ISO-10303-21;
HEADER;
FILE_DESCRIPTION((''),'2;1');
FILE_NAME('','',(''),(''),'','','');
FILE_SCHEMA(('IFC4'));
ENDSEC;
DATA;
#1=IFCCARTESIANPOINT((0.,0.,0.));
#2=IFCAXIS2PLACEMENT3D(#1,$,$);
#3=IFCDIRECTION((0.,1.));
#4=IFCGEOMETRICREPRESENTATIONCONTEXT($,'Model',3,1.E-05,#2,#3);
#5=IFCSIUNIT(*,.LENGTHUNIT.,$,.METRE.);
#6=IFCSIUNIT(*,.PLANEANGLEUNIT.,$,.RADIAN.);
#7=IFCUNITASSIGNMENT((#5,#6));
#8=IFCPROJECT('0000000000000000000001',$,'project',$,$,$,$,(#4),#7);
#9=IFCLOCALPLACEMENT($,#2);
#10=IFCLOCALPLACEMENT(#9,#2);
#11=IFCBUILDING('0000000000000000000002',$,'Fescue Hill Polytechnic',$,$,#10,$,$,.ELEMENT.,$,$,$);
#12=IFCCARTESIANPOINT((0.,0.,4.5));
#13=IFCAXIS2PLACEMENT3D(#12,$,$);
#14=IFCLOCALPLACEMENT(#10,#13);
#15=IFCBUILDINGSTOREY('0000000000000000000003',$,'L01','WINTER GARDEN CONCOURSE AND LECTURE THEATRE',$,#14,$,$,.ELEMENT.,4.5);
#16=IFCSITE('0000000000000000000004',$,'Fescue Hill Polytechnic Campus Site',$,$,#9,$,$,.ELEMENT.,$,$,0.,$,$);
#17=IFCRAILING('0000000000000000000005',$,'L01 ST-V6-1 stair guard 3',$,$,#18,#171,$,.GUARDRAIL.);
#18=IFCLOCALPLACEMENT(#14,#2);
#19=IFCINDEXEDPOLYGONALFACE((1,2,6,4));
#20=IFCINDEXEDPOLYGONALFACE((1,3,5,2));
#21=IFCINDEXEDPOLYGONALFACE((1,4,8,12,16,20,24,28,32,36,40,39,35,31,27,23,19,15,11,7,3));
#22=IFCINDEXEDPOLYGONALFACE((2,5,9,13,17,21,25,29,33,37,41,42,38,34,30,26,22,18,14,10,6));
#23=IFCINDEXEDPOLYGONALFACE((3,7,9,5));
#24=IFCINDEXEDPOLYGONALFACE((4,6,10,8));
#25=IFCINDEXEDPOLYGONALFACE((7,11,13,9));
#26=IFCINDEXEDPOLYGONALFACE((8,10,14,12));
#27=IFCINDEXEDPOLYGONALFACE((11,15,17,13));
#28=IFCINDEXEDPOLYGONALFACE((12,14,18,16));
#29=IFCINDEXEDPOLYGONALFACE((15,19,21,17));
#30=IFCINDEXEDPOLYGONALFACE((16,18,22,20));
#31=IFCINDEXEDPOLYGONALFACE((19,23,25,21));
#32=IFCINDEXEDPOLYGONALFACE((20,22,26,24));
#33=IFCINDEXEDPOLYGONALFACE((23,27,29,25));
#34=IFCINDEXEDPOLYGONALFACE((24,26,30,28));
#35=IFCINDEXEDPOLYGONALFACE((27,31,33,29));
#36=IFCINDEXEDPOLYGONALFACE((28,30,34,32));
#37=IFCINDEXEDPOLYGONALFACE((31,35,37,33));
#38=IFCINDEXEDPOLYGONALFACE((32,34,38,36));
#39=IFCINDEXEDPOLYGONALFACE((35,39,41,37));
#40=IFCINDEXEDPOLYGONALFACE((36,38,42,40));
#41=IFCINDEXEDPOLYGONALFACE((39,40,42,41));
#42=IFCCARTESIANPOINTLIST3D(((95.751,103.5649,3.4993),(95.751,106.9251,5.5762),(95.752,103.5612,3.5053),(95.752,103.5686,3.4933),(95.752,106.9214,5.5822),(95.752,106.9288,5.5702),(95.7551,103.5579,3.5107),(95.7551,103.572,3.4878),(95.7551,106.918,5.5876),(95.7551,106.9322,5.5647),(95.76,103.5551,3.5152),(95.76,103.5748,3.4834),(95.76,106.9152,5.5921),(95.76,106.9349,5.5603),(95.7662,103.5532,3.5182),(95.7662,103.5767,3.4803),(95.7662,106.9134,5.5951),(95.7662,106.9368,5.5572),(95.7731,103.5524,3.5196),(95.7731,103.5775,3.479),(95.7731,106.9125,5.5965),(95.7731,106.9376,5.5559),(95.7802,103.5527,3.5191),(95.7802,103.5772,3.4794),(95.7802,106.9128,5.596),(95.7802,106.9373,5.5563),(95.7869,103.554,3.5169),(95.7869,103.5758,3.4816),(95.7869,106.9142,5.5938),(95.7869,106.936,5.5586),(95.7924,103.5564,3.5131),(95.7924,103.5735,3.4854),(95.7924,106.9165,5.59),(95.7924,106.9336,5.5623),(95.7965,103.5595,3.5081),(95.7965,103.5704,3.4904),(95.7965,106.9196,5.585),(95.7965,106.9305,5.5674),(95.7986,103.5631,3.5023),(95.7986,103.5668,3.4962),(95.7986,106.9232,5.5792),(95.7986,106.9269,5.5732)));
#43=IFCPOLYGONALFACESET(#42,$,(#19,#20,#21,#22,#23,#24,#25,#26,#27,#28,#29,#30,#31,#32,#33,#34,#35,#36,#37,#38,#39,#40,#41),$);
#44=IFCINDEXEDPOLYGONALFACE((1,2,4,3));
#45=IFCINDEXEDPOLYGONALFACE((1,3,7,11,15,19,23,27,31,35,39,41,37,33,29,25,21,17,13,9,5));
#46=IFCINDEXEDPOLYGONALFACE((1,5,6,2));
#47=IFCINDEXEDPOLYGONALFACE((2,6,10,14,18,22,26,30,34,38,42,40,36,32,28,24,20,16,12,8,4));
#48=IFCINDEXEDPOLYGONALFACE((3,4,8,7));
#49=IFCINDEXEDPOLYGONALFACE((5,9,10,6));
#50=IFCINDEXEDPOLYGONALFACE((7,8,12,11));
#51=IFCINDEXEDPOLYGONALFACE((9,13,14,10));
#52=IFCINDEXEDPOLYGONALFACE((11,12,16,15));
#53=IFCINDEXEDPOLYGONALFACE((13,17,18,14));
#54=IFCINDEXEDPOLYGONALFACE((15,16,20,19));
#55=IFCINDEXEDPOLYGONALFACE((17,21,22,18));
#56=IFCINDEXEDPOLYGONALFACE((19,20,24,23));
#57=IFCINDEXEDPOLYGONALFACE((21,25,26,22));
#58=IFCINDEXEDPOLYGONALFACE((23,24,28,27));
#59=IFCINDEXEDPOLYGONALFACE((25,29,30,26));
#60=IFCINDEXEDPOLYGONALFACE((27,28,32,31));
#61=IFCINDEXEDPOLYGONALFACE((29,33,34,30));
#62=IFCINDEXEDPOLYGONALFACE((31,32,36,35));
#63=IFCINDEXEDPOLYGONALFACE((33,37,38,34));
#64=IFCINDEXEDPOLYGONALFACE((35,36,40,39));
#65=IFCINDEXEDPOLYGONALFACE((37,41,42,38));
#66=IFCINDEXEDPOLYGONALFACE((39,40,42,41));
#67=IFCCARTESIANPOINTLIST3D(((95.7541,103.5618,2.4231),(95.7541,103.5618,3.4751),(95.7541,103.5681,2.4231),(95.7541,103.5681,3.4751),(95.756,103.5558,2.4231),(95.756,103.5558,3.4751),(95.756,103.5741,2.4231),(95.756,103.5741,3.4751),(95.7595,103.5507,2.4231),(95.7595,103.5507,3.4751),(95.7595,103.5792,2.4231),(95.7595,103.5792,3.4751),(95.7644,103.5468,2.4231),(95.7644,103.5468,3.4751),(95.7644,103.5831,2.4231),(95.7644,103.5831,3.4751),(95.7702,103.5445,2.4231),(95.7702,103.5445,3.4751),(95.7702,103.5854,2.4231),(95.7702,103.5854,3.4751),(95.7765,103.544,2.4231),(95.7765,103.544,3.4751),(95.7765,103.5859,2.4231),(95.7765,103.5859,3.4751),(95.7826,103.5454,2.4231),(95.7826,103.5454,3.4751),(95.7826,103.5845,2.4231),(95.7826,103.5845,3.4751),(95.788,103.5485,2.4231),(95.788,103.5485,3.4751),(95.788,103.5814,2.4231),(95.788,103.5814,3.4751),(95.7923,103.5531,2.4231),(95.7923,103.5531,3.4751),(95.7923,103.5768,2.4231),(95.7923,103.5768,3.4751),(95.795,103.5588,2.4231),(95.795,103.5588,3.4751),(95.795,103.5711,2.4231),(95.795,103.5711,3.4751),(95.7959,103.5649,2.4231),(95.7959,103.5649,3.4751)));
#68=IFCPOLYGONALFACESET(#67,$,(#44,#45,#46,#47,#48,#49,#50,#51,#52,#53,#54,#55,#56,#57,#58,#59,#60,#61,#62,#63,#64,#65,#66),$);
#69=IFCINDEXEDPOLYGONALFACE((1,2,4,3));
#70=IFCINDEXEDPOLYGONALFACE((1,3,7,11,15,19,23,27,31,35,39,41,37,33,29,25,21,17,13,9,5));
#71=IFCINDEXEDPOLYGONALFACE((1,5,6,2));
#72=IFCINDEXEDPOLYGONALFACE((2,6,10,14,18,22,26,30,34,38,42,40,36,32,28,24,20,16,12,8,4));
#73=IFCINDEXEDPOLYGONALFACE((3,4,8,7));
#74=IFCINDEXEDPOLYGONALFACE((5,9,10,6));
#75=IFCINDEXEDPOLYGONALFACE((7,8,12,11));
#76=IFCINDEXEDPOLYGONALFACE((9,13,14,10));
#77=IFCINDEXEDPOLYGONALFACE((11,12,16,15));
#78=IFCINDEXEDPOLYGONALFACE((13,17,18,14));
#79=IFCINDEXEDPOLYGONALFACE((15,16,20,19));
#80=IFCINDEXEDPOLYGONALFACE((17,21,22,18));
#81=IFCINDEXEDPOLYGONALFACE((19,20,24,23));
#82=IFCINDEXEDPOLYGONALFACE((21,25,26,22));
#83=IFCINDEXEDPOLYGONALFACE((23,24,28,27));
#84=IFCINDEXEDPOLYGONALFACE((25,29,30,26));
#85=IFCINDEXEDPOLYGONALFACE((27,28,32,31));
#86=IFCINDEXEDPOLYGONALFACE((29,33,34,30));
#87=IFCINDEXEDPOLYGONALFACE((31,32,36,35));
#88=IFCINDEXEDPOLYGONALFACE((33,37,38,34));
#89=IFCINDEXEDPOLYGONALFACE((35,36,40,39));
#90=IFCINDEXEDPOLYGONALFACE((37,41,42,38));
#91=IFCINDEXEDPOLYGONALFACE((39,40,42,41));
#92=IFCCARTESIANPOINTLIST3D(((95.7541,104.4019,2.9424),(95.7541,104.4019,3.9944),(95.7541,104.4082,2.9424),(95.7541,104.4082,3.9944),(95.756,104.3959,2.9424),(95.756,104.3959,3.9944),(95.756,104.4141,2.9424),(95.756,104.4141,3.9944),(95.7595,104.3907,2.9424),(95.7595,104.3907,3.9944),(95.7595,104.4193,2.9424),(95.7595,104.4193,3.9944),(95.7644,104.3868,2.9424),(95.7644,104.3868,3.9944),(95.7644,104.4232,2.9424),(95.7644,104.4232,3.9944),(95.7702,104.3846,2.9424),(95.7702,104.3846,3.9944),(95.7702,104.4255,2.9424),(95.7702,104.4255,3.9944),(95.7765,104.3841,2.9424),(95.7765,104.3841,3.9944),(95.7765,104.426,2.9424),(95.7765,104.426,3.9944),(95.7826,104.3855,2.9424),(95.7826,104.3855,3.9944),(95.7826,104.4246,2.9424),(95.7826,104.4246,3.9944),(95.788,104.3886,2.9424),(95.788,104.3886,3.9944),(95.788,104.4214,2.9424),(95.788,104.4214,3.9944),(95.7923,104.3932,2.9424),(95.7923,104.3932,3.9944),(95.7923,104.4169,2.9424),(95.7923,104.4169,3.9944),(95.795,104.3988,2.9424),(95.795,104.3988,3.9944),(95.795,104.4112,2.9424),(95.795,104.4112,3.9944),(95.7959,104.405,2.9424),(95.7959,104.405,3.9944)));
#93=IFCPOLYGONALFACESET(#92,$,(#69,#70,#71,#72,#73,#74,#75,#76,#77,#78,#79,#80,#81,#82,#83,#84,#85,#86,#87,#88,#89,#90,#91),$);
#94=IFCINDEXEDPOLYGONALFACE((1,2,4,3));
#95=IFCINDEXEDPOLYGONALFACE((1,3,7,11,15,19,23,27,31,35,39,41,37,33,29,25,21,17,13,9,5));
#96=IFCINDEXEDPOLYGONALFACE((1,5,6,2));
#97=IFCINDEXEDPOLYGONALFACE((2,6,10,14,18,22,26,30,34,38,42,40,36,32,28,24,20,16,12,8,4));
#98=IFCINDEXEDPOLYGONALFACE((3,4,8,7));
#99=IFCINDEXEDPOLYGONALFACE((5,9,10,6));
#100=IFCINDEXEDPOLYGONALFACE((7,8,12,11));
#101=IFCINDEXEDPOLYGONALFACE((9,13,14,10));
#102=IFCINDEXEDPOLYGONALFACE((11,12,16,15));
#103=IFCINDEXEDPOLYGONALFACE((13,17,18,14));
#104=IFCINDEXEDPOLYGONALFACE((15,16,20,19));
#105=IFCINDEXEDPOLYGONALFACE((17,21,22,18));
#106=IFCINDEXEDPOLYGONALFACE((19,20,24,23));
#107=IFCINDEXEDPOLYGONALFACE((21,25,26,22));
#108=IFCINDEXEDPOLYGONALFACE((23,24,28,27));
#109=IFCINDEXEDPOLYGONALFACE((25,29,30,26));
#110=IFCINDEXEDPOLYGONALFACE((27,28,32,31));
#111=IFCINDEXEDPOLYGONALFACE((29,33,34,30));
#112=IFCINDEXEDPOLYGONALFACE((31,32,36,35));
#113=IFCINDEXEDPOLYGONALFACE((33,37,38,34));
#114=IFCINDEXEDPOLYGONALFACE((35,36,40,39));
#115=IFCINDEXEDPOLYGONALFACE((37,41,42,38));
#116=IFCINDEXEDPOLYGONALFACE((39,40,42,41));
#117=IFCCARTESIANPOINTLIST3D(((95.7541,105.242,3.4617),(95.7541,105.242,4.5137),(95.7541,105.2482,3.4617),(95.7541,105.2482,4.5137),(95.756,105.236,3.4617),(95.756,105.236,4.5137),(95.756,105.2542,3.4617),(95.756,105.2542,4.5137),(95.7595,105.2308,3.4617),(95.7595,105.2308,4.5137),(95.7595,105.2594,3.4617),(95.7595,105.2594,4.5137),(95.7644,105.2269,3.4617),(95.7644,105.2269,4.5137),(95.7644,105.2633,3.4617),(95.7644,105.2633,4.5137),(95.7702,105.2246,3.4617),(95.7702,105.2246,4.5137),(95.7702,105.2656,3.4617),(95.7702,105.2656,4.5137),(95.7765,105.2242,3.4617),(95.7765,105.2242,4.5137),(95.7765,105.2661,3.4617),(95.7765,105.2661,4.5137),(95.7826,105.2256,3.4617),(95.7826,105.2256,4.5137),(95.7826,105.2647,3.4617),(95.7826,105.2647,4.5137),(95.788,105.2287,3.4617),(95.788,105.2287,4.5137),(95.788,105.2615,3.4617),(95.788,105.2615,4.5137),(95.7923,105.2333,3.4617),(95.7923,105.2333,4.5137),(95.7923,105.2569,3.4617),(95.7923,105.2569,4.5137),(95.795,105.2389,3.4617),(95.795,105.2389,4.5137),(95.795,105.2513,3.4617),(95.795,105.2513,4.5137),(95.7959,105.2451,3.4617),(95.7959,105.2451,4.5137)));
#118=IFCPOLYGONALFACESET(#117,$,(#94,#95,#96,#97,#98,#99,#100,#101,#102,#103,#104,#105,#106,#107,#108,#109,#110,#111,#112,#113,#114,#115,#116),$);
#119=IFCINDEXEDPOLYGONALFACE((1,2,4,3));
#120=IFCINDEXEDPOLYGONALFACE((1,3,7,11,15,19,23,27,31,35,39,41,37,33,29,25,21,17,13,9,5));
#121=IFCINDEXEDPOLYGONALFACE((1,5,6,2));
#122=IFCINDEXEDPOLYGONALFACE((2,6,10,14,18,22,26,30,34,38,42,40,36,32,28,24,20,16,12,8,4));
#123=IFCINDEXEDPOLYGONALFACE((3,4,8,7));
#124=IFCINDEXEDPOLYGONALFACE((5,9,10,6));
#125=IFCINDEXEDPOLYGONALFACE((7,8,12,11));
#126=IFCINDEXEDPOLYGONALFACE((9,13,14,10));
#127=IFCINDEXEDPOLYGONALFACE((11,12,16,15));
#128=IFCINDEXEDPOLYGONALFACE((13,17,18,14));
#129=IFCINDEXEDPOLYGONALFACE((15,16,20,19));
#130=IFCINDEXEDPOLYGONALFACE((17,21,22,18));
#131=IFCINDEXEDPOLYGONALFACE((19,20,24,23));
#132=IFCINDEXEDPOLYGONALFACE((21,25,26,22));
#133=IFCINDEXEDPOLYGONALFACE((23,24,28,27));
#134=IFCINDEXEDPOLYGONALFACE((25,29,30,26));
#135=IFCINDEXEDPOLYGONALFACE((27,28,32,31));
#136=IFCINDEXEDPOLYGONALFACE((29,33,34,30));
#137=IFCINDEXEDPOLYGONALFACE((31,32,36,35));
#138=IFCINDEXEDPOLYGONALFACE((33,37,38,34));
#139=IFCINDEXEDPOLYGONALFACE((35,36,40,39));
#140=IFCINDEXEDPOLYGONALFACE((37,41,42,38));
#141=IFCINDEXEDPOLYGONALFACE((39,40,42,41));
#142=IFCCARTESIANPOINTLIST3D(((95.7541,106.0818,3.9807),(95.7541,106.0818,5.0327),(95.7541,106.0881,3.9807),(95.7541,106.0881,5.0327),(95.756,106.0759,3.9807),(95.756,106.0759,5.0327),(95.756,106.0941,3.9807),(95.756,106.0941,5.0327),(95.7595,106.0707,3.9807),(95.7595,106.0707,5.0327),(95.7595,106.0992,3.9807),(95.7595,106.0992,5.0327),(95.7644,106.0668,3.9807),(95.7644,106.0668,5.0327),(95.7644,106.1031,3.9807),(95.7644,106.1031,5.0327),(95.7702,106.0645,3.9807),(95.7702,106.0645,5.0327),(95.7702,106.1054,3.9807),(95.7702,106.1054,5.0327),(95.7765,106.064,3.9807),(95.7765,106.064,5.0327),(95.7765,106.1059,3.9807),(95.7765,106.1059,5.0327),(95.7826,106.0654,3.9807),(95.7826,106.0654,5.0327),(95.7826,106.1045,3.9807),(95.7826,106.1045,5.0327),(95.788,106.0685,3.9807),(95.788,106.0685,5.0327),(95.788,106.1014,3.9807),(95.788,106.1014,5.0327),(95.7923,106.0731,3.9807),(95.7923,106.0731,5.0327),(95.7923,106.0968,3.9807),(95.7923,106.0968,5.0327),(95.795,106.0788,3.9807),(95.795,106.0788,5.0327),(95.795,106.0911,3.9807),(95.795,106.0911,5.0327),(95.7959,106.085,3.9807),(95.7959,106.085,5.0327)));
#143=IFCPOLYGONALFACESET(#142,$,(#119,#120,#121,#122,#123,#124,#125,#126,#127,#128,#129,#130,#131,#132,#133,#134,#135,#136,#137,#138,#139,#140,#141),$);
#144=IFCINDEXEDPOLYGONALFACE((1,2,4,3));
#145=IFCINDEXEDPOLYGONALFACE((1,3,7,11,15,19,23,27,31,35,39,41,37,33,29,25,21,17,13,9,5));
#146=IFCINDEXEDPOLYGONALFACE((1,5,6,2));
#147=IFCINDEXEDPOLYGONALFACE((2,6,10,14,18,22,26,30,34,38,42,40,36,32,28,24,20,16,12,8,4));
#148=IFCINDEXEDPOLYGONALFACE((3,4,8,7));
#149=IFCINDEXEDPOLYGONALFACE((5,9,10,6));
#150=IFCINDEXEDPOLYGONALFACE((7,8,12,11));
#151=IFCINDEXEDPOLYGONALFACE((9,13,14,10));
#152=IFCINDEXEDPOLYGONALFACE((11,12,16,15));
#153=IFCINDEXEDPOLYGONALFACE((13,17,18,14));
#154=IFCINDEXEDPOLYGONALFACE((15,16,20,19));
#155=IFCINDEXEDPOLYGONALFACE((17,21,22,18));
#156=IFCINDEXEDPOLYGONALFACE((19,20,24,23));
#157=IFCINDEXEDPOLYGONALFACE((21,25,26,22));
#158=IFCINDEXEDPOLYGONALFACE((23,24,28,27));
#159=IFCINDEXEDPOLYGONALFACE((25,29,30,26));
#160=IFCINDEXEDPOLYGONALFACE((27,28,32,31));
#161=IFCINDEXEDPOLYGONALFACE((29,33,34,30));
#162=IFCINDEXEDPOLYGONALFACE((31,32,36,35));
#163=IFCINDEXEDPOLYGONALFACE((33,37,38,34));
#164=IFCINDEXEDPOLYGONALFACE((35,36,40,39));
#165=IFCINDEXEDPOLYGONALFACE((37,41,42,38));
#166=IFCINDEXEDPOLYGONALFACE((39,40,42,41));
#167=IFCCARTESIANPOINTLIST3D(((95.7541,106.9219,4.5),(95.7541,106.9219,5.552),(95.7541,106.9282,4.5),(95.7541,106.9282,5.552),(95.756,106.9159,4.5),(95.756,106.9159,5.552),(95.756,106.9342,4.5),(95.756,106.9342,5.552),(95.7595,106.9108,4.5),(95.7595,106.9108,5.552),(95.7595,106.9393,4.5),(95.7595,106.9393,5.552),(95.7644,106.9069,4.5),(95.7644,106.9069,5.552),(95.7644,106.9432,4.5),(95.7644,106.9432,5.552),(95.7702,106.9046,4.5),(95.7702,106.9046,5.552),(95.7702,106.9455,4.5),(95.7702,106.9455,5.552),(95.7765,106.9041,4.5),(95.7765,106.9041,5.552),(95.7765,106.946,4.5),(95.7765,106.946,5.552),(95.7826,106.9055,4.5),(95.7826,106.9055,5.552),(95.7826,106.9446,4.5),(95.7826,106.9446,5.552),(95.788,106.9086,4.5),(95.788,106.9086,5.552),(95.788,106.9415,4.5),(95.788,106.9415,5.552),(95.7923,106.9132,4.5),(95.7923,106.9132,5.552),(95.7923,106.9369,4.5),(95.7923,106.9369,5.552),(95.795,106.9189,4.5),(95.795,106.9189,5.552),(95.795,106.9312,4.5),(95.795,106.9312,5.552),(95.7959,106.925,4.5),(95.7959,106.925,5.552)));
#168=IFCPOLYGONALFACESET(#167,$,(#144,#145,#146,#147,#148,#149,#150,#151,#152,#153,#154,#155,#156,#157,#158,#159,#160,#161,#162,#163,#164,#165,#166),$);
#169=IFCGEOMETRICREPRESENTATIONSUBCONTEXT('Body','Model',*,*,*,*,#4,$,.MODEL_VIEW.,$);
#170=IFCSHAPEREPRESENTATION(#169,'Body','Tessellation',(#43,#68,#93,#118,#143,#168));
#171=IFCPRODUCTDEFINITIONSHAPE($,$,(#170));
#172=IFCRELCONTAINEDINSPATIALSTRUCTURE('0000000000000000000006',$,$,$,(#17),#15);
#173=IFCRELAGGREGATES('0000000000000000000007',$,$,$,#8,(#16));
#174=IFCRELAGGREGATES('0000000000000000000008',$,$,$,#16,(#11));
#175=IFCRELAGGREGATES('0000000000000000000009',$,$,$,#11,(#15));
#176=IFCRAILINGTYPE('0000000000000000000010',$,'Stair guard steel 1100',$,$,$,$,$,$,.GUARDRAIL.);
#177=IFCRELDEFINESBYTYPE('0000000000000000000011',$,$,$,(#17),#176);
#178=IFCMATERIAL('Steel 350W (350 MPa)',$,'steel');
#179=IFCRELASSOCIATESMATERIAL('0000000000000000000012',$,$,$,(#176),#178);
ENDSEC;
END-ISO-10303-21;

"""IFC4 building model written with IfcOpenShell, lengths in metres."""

from ifc_helpers import new_model, si_unit, direction, frame, origin, origin_2d, place, context, subcontext, project, spatial, circle, extrude, material, type_object, element, save


model = new_model("IFC4")

# Units and contexts
model_context = context("Model", 3, precision=1e-05, world=origin(), true_north=direction((0.0, 1.0)))
body_context = subcontext(model_context, "Body", "Model", "MODEL_VIEW")
ifc_project = project(units=[si_unit("LENGTHUNIT", "METRE"), si_unit("PLANEANGLEUNIT", "RADIAN")], contexts=[model_context])

# Site, building, storey
site_placement = place(None, origin())
site = spatial("IfcSite", under=ifc_project, at=site_placement, Name="Fescue Hill Polytechnic Campus Site", CompositionType="ELEMENT", RefElevation=0.0)
building_placement = place(site_placement, origin())
building = spatial("IfcBuilding", under=site, at=building_placement, Name="Fescue Hill Polytechnic", CompositionType="ELEMENT")
storey_placement = place(building_placement, frame((0.0, 0.0, 4.5)))
storey = spatial("IfcBuildingStorey", under=building, at=storey_placement, Name="L01", Description="WINTER GARDEN CONCOURSE AND LECTURE THEATRE", CompositionType="ELEMENT", Elevation=4.5)

# Railing
ifc_material_1 = material(Name="Steel 350W (350 MPa)", Category="steel")
railing_type_1 = type_object("IfcRailingType", Name="Stair guard steel 1100", PredefinedType="GUARDRAIL", material=ifc_material_1)
railing_1_placement = place(storey_placement, frame((95.7749, 103.5649, 2.4231)))
element("IfcRailing", 1, at=railing_1_placement, inside=storey, type_object=railing_type_1, Name="L01 ST-V6-1 stair guard 3", PredefinedType="GUARDRAIL", context=body_context, shape_type="SweptSolid", body=[
    extrude(circle(Radius=0.0239, at=origin_2d()), frame((0.0, 0.0, 1.0762), z_axis=(0.0, 0.850623, 0.525776), x_axis=(-1.0, 0.0, 0.0)), (0.0, 0.0, 1.0), 3.9502),
    extrude(circle(Radius=0.021, at=origin_2d()), origin(), (0.0, 0.0, 1.0), 1.052),
    extrude(circle(Radius=0.021, at=origin_2d()), frame((0.0, 0.8401, 0.5193)), (0.0, 0.0, 1.0), 1.052),
    extrude(circle(Radius=0.021, at=origin_2d()), frame((0.0, 1.6802, 1.0386)), (0.0, 0.0, 1.0), 1.052),
    extrude(circle(Radius=0.021, at=origin_2d()), frame((0.0, 2.52, 1.5576)), (0.0, 0.0, 1.0), 1.052),
    extrude(circle(Radius=0.021, at=origin_2d()), frame((0.0, 3.3601, 2.0769)), (0.0, 0.0, 1.0), 1.052),
])

save(model, "model.ifc")
